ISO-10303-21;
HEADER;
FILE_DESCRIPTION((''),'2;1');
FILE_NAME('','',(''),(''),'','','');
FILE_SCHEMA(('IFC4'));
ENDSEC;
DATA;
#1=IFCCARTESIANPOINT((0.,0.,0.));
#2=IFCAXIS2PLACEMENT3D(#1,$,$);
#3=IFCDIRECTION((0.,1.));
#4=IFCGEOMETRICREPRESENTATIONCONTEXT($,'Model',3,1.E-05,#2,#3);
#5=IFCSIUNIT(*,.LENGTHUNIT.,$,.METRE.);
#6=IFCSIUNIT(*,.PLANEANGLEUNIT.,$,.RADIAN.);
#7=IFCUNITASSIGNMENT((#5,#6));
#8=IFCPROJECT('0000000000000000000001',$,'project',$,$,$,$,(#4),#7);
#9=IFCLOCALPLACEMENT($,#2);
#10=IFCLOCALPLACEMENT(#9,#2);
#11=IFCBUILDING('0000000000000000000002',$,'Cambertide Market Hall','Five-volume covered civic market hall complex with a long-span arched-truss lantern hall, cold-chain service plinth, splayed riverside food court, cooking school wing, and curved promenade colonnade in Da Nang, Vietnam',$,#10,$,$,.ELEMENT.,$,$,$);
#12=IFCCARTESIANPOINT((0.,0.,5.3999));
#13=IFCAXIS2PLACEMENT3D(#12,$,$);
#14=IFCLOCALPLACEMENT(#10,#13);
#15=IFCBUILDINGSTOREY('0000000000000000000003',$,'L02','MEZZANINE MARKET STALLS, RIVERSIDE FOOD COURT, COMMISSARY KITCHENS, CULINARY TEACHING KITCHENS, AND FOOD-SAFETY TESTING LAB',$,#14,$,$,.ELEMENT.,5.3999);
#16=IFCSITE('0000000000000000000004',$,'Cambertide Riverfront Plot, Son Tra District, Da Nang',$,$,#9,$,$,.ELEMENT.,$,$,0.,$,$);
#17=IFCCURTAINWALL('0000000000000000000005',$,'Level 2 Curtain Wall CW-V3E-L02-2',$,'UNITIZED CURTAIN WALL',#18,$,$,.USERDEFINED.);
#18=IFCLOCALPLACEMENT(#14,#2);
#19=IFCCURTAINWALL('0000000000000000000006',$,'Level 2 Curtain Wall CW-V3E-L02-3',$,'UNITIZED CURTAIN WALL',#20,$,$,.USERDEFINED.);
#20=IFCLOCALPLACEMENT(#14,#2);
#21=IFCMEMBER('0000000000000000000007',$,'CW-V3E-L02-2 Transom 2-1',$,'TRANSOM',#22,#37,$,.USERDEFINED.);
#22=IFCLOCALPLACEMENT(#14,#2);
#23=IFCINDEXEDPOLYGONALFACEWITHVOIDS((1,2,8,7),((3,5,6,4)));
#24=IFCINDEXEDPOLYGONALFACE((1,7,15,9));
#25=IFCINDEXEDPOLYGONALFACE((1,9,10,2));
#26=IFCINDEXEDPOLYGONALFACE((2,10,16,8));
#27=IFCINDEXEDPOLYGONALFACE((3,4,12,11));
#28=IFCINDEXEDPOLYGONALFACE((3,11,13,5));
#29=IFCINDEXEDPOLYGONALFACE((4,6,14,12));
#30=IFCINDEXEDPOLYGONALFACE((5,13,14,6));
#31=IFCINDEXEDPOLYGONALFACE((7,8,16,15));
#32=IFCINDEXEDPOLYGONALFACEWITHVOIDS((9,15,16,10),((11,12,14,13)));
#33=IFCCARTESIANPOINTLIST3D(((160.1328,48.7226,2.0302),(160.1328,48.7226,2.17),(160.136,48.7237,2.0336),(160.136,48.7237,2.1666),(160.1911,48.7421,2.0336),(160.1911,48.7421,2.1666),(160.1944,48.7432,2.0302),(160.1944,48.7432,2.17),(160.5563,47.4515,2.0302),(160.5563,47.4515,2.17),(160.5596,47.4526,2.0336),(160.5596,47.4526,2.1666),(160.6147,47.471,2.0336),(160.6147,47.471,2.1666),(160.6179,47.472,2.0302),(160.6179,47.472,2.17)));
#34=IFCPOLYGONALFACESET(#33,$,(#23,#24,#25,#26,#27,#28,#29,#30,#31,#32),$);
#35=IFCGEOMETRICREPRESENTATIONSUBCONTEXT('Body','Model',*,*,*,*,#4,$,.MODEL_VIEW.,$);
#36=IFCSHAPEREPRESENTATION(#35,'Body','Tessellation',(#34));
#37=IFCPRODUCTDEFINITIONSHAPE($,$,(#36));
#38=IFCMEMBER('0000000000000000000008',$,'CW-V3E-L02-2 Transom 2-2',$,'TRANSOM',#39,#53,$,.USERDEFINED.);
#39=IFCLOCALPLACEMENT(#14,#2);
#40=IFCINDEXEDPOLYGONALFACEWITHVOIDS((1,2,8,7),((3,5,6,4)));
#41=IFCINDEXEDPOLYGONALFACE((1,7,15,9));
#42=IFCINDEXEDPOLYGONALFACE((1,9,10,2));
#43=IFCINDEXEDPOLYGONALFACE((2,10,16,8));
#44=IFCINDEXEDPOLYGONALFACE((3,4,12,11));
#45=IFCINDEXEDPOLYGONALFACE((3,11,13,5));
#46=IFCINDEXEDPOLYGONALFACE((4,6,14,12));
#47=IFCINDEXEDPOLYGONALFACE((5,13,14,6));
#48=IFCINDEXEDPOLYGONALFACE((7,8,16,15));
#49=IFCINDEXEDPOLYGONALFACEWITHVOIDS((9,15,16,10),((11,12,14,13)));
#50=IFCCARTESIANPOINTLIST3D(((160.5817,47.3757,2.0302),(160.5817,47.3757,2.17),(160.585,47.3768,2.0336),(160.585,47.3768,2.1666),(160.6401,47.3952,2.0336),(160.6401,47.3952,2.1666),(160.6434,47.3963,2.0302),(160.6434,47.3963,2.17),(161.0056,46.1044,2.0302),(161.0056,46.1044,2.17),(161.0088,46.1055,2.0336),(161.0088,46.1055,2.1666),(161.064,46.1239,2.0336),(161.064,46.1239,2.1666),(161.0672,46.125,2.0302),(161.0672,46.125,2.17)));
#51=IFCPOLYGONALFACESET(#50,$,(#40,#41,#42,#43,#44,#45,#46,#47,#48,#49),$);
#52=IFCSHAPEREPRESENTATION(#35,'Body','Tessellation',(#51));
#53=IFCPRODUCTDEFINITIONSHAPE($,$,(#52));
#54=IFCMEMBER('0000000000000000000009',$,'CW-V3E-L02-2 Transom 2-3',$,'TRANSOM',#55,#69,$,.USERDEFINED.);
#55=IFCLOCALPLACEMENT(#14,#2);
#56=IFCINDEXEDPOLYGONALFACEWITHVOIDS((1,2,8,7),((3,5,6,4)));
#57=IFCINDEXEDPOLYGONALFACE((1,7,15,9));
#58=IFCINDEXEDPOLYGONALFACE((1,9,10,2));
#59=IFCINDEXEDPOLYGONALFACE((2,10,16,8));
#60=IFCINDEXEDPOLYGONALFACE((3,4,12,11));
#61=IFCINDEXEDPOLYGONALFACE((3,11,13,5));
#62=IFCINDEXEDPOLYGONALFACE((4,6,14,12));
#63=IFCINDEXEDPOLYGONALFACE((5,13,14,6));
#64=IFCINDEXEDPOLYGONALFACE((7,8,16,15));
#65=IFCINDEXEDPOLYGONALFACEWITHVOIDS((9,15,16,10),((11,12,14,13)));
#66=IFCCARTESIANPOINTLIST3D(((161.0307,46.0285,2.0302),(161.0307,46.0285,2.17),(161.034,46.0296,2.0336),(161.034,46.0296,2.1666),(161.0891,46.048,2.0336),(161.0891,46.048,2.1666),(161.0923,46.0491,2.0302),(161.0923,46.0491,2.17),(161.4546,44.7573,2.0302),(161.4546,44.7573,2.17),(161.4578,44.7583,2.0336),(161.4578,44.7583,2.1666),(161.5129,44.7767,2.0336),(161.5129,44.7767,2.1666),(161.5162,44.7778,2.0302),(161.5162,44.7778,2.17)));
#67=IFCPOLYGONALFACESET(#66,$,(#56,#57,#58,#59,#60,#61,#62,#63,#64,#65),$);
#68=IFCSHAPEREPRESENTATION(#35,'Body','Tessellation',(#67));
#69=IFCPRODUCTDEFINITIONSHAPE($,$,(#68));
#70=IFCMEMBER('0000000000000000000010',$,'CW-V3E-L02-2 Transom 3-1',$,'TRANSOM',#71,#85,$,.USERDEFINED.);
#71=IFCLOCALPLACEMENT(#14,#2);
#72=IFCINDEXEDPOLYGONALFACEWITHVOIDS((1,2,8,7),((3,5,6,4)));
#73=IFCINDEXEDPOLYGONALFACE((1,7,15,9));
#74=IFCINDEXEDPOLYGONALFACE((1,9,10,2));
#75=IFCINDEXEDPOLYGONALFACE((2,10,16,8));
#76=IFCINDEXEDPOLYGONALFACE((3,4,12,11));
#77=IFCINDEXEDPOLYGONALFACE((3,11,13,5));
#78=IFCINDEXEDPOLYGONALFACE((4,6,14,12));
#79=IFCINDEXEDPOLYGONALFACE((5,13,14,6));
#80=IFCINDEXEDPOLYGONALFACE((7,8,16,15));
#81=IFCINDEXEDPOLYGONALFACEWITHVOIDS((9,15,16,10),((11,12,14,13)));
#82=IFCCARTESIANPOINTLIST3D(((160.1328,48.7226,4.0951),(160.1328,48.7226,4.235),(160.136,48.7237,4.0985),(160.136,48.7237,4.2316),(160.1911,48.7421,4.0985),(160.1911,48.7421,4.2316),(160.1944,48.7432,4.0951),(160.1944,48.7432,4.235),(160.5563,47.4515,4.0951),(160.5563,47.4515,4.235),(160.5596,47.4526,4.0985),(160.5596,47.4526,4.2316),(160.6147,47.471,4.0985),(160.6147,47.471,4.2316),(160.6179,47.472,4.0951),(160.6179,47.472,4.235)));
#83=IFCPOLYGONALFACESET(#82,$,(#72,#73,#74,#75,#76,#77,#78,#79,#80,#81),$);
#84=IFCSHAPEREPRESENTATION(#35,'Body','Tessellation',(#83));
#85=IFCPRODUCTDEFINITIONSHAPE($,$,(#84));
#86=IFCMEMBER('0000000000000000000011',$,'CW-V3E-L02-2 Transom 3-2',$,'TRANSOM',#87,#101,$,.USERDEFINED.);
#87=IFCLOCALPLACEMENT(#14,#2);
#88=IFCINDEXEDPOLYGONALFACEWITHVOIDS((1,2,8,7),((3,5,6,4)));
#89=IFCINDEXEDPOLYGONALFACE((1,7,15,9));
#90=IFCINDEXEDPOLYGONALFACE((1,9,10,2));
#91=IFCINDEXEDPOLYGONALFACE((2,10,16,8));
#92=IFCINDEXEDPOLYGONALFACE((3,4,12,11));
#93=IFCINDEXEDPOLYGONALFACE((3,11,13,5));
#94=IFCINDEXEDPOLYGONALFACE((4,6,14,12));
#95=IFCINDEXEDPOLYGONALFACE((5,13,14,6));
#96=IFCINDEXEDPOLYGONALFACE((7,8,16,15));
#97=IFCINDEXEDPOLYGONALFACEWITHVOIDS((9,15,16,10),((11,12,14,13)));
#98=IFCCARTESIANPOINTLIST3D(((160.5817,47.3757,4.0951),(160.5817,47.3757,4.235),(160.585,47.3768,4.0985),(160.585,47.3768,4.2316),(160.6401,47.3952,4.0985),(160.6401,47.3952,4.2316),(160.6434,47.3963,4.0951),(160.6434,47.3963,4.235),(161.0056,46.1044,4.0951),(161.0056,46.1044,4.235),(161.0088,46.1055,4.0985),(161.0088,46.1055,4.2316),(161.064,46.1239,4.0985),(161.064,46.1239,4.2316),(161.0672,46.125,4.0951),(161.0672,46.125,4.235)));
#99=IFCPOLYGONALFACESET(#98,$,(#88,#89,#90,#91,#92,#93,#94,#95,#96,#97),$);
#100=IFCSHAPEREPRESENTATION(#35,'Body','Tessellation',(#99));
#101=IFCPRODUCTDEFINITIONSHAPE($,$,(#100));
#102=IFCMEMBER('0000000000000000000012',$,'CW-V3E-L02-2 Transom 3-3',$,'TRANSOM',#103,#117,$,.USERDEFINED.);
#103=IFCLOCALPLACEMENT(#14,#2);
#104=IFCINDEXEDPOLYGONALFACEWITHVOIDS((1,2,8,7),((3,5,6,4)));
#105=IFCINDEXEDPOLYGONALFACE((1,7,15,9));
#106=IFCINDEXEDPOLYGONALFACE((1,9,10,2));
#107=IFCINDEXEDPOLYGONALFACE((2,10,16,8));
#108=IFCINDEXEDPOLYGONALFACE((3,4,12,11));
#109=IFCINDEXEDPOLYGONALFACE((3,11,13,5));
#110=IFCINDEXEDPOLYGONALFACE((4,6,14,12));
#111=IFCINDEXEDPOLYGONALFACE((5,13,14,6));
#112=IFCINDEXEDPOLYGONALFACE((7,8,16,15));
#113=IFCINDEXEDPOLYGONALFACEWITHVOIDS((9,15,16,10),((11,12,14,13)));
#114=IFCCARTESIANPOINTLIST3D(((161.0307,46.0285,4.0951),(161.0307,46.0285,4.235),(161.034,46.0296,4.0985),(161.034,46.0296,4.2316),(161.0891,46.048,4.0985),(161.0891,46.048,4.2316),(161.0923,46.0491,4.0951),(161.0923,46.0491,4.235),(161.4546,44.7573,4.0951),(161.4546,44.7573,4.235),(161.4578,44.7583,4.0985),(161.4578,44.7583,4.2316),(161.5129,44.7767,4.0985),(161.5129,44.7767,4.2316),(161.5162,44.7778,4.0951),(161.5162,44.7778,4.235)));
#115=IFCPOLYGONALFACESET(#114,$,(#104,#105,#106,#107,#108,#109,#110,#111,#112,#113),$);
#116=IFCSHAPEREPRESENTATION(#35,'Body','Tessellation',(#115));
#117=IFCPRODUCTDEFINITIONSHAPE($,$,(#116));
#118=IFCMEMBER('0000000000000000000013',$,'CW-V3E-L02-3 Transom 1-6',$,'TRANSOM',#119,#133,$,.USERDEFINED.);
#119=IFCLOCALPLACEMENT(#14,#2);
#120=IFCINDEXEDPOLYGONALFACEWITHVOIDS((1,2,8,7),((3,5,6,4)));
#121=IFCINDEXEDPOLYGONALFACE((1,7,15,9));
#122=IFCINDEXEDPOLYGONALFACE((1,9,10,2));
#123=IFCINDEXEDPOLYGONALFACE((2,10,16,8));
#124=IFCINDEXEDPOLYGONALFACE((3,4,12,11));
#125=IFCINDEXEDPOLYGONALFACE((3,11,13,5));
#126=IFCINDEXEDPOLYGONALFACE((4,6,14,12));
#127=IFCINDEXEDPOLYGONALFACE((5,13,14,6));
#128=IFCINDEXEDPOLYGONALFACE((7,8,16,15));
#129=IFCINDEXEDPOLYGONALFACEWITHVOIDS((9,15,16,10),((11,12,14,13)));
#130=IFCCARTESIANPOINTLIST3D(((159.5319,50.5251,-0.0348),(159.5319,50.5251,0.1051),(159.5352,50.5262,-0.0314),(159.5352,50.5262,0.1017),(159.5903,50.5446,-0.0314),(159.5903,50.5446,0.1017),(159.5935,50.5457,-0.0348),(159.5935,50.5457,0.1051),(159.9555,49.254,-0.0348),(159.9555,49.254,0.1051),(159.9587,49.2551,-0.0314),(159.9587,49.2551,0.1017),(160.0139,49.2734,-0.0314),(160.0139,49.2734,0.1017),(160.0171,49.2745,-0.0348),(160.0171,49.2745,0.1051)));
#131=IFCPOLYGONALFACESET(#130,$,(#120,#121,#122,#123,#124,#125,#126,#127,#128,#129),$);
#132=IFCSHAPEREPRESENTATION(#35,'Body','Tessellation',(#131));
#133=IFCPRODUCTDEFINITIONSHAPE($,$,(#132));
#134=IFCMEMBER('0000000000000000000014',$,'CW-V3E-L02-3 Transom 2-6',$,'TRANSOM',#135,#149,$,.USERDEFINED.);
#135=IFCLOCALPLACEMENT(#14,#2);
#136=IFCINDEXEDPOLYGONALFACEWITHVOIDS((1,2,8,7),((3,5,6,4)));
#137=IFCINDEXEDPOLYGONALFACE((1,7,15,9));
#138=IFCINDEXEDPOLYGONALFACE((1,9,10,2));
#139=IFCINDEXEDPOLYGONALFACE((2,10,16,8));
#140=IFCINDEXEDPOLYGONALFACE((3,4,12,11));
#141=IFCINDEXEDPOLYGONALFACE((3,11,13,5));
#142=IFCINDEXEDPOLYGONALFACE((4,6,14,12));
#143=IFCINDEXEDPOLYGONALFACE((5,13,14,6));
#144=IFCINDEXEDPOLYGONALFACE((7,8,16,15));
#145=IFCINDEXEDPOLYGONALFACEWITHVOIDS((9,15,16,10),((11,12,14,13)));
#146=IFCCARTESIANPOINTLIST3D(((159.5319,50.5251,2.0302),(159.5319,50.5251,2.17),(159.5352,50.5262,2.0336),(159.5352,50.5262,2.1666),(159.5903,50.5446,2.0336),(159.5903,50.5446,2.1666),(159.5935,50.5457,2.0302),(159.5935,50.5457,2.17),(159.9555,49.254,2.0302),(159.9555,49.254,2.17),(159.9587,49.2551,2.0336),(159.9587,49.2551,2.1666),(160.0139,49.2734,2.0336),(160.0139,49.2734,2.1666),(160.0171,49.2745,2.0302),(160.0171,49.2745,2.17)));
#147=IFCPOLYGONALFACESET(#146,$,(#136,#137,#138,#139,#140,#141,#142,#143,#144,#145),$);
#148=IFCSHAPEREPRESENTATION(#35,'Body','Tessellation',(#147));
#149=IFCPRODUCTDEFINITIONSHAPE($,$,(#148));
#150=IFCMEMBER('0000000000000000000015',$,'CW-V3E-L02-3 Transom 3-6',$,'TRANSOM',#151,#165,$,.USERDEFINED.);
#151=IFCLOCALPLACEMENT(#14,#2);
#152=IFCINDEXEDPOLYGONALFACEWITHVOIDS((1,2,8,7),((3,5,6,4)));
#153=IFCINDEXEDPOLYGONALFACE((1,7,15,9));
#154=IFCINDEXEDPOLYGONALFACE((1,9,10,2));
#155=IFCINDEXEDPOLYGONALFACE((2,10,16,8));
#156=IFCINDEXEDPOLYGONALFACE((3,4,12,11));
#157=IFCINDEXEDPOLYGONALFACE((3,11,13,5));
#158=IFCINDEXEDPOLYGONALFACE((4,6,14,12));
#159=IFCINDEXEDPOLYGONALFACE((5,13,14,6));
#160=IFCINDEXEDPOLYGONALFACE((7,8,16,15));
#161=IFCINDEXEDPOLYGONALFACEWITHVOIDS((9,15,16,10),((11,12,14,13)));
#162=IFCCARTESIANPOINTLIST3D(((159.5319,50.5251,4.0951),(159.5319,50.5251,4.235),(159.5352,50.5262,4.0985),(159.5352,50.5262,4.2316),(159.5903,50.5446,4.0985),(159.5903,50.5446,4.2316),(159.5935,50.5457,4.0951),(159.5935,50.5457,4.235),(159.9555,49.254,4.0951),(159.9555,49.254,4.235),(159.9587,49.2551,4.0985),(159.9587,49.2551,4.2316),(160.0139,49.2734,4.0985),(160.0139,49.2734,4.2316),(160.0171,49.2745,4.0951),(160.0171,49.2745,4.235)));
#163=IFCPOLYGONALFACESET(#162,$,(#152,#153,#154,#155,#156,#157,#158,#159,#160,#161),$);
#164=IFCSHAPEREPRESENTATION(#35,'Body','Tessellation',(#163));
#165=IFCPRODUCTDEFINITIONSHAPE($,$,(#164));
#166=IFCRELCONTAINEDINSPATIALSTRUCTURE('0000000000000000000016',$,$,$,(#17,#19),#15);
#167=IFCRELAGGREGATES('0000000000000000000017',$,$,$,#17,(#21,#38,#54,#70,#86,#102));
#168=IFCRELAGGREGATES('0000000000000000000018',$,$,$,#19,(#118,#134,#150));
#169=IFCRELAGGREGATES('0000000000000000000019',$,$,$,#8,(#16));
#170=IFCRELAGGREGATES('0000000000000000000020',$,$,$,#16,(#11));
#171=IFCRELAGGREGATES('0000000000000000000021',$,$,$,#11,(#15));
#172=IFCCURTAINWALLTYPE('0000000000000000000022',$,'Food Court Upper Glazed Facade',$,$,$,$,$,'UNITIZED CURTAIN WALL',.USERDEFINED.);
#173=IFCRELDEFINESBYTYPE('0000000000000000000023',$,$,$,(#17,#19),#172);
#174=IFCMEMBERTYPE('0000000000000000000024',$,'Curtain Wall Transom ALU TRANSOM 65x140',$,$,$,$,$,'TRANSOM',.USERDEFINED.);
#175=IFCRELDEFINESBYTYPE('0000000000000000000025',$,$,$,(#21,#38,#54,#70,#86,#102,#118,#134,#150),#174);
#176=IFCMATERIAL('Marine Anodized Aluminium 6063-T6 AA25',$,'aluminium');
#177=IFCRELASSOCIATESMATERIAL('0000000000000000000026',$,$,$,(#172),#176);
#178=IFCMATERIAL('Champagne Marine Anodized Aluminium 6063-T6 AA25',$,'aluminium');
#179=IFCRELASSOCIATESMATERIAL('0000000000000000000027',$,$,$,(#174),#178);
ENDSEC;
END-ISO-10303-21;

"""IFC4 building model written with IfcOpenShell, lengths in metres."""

from ifc_helpers import new_model, si_unit, direction, frame, origin, origin_2d, place, context, subcontext, project, spatial, hollow_rectangle, extrude, material, material_profile, profile_set, type_object, element, aggregate, save


model = new_model("IFC4")

# Units and contexts
model_context = context("Model", 3, precision=1e-05, world=origin(), true_north=direction((0.0, 1.0)))
body_context = subcontext(model_context, "Body", "Model", "MODEL_VIEW")
ifc_project = project(units=[si_unit("LENGTHUNIT", "METRE"), si_unit("PLANEANGLEUNIT", "RADIAN")], contexts=[model_context])

# Site, building, storey
site_placement = place(None, origin())
site = spatial("IfcSite", under=ifc_project, at=site_placement, Name="Cambertide Riverfront Plot, Son Tra District, Da Nang", CompositionType="ELEMENT", RefElevation=0.0)
building_placement = place(site_placement, origin())
building = spatial("IfcBuilding", under=site, at=building_placement, Name="Cambertide Market Hall", Description="Five-volume covered civic market hall complex with a long-span arched-truss lantern hall, cold-chain service plinth, splayed riverside food court, cooking school wing, and curved promenade colonnade in Da Nang, Vietnam", CompositionType="ELEMENT")
storey_placement = place(building_placement, frame((0.0, 0.0, 5.3999)))
storey = spatial("IfcBuildingStorey", under=building, at=storey_placement, Name="L02", Description="MEZZANINE MARKET STALLS, RIVERSIDE FOOD COURT, COMMISSARY KITCHENS, CULINARY TEACHING KITCHENS, AND FOOD-SAFETY TESTING LAB", CompositionType="ELEMENT", Elevation=5.3999)

# Curtain walls
ifc_material_1 = material(Name="Marine Anodized Aluminium 6063-T6 AA25", Category="aluminium")
curtain_wall_type = type_object("IfcCurtainWallType", Name="Food Court Upper Glazed Facade", ElementType="UNITIZED CURTAIN WALL", PredefinedType="USERDEFINED", material=ifc_material_1)
curtain_wall_1_placement = place(storey_placement, origin())
curtain_wall_1 = element("IfcCurtainWall", 1, at=curtain_wall_1_placement, inside=storey, type_object=curtain_wall_type, Name="Level 2 Curtain Wall CW-V3E-L02-2", ObjectType="UNITIZED CURTAIN WALL", PredefinedType="USERDEFINED")
curtain_wall_2_placement = place(storey_placement, origin())
curtain_wall_2 = element("IfcCurtainWall", 2, at=curtain_wall_2_placement, inside=storey, type_object=curtain_wall_type, Name="Level 2 Curtain Wall CW-V3E-L02-3", ObjectType="UNITIZED CURTAIN WALL", PredefinedType="USERDEFINED")

# Members
ifc_material_2 = material(Name="Champagne Marine Anodized Aluminium 6063-T6 AA25", Category="aluminium")
ifc_material_profile_1 = material_profile(ifc_material_2, hollow_rectangle(XDim=0.0649, YDim=0.1399, WallThickness=0.0034, at=origin_2d()), Name="ALU TRANSOM 65x140")
ifc_profile_set_1 = profile_set([ifc_material_profile_1], Name="Champagne Marine Anodized Aluminium 6063-T6 AA25")
member_type_1 = type_object("IfcMemberType", Name="Curtain Wall Transom ALU TRANSOM 65x140", ElementType="TRANSOM", PredefinedType="USERDEFINED", material=ifc_profile_set_1)
member_1_placement = place(storey_placement, frame((160.1636, 48.7329, 2.1001), z_axis=(0.316118, -0.94872, 0.0), x_axis=(0.94872, 0.316118, 0.0)))
member_1 = element("IfcMember", 3, at=member_1_placement, type_object=member_type_1, Name="CW-V3E-L02-2 Transom 2-1", ObjectType="TRANSOM", PredefinedType="USERDEFINED", context=body_context, shape_type="SweptSolid", body=[
    extrude(hollow_rectangle(XDim=0.0649, YDim=0.1399, WallThickness=0.0034, at=origin_2d()), origin(), (0.0, 0.0, 1.0), 1.3398),
])
member_2_placement = place(storey_placement, frame((160.6125, 47.386, 2.1001), z_axis=(0.316282, -0.948665, 0.0), x_axis=(0.948665, 0.316282, 0.0)))
member_2 = element("IfcMember", 4, at=member_2_placement, type_object=member_type_1, Name="CW-V3E-L02-2 Transom 2-2", ObjectType="TRANSOM", PredefinedType="USERDEFINED", context=body_context, shape_type="SweptSolid", body=[
    extrude(hollow_rectangle(XDim=0.0649, YDim=0.1399, WallThickness=0.0034, at=origin_2d()), origin(), (0.0, 0.0, 1.0), 1.3401),
])
member_3_placement = place(storey_placement, frame((161.0615, 46.0388, 2.1001), z_axis=(0.316282, -0.948665, 0.0), x_axis=(0.948665, 0.316282, 0.0)))
member_3 = element("IfcMember", 5, at=member_3_placement, type_object=member_type_1, Name="CW-V3E-L02-2 Transom 2-3", ObjectType="TRANSOM", PredefinedType="USERDEFINED", context=body_context, shape_type="SweptSolid", body=[
    extrude(hollow_rectangle(XDim=0.0649, YDim=0.1399, WallThickness=0.0034, at=origin_2d()), origin(), (0.0, 0.0, 1.0), 1.3401),
])
member_4_placement = place(storey_placement, frame((160.1636, 48.7329, 4.165), z_axis=(0.316118, -0.94872, 0.0), x_axis=(0.94872, 0.316118, 0.0)))
member_4 = element("IfcMember", 6, at=member_4_placement, type_object=member_type_1, Name="CW-V3E-L02-2 Transom 3-1", ObjectType="TRANSOM", PredefinedType="USERDEFINED", context=body_context, shape_type="SweptSolid", body=[
    extrude(hollow_rectangle(XDim=0.0649, YDim=0.1399, WallThickness=0.0034, at=origin_2d()), origin(), (0.0, 0.0, 1.0), 1.3398),
])
member_5_placement = place(storey_placement, frame((160.6125, 47.386, 4.165), z_axis=(0.316282, -0.948665, 0.0), x_axis=(0.948665, 0.316282, 0.0)))
member_5 = element("IfcMember", 7, at=member_5_placement, type_object=member_type_1, Name="CW-V3E-L02-2 Transom 3-2", ObjectType="TRANSOM", PredefinedType="USERDEFINED", context=body_context, shape_type="SweptSolid", body=[
    extrude(hollow_rectangle(XDim=0.0649, YDim=0.1399, WallThickness=0.0034, at=origin_2d()), origin(), (0.0, 0.0, 1.0), 1.3401),
])
member_6_placement = place(storey_placement, frame((161.0615, 46.0388, 4.165), z_axis=(0.316282, -0.948665, 0.0), x_axis=(0.948665, 0.316282, 0.0)))
member_6 = element("IfcMember", 8, at=member_6_placement, type_object=member_type_1, Name="CW-V3E-L02-2 Transom 3-3", ObjectType="TRANSOM", PredefinedType="USERDEFINED", context=body_context, shape_type="SweptSolid", body=[
    extrude(hollow_rectangle(XDim=0.0649, YDim=0.1399, WallThickness=0.0034, at=origin_2d()), origin(), (0.0, 0.0, 1.0), 1.3401),
])
member_7_placement = place(storey_placement, frame((159.5627, 50.5354, 0.0352), z_axis=(0.316118, -0.94872, 0.0), x_axis=(0.94872, 0.316118, 0.0)))
member_7 = element("IfcMember", 9, at=member_7_placement, type_object=member_type_1, Name="CW-V3E-L02-3 Transom 1-6", ObjectType="TRANSOM", PredefinedType="USERDEFINED", context=body_context, shape_type="SweptSolid", body=[
    extrude(hollow_rectangle(XDim=0.0649, YDim=0.1399, WallThickness=0.0034, at=origin_2d()), origin(), (0.0, 0.0, 1.0), 1.3398),
])
member_8_placement = place(storey_placement, frame((159.5627, 50.5354, 2.1001), z_axis=(0.316118, -0.94872, 0.0), x_axis=(0.94872, 0.316118, 0.0)))
member_8 = element("IfcMember", 10, at=member_8_placement, type_object=member_type_1, Name="CW-V3E-L02-3 Transom 2-6", ObjectType="TRANSOM", PredefinedType="USERDEFINED", context=body_context, shape_type="SweptSolid", body=[
    extrude(hollow_rectangle(XDim=0.0649, YDim=0.1399, WallThickness=0.0034, at=origin_2d()), origin(), (0.0, 0.0, 1.0), 1.3398),
])
member_9_placement = place(storey_placement, frame((159.5627, 50.5354, 4.165), z_axis=(0.316118, -0.94872, 0.0), x_axis=(0.94872, 0.316118, 0.0)))
member_9 = element("IfcMember", 11, at=member_9_placement, type_object=member_type_1, Name="CW-V3E-L02-3 Transom 3-6", ObjectType="TRANSOM", PredefinedType="USERDEFINED", context=body_context, shape_type="SweptSolid", body=[
    extrude(hollow_rectangle(XDim=0.0649, YDim=0.1399, WallThickness=0.0034, at=origin_2d()), origin(), (0.0, 0.0, 1.0), 1.3398),
])

aggregate(curtain_wall_1, [member_1, member_2, member_3, member_4, member_5, member_6])
aggregate(curtain_wall_2, [member_7, member_8, member_9])

save(model, "model.ifc")
